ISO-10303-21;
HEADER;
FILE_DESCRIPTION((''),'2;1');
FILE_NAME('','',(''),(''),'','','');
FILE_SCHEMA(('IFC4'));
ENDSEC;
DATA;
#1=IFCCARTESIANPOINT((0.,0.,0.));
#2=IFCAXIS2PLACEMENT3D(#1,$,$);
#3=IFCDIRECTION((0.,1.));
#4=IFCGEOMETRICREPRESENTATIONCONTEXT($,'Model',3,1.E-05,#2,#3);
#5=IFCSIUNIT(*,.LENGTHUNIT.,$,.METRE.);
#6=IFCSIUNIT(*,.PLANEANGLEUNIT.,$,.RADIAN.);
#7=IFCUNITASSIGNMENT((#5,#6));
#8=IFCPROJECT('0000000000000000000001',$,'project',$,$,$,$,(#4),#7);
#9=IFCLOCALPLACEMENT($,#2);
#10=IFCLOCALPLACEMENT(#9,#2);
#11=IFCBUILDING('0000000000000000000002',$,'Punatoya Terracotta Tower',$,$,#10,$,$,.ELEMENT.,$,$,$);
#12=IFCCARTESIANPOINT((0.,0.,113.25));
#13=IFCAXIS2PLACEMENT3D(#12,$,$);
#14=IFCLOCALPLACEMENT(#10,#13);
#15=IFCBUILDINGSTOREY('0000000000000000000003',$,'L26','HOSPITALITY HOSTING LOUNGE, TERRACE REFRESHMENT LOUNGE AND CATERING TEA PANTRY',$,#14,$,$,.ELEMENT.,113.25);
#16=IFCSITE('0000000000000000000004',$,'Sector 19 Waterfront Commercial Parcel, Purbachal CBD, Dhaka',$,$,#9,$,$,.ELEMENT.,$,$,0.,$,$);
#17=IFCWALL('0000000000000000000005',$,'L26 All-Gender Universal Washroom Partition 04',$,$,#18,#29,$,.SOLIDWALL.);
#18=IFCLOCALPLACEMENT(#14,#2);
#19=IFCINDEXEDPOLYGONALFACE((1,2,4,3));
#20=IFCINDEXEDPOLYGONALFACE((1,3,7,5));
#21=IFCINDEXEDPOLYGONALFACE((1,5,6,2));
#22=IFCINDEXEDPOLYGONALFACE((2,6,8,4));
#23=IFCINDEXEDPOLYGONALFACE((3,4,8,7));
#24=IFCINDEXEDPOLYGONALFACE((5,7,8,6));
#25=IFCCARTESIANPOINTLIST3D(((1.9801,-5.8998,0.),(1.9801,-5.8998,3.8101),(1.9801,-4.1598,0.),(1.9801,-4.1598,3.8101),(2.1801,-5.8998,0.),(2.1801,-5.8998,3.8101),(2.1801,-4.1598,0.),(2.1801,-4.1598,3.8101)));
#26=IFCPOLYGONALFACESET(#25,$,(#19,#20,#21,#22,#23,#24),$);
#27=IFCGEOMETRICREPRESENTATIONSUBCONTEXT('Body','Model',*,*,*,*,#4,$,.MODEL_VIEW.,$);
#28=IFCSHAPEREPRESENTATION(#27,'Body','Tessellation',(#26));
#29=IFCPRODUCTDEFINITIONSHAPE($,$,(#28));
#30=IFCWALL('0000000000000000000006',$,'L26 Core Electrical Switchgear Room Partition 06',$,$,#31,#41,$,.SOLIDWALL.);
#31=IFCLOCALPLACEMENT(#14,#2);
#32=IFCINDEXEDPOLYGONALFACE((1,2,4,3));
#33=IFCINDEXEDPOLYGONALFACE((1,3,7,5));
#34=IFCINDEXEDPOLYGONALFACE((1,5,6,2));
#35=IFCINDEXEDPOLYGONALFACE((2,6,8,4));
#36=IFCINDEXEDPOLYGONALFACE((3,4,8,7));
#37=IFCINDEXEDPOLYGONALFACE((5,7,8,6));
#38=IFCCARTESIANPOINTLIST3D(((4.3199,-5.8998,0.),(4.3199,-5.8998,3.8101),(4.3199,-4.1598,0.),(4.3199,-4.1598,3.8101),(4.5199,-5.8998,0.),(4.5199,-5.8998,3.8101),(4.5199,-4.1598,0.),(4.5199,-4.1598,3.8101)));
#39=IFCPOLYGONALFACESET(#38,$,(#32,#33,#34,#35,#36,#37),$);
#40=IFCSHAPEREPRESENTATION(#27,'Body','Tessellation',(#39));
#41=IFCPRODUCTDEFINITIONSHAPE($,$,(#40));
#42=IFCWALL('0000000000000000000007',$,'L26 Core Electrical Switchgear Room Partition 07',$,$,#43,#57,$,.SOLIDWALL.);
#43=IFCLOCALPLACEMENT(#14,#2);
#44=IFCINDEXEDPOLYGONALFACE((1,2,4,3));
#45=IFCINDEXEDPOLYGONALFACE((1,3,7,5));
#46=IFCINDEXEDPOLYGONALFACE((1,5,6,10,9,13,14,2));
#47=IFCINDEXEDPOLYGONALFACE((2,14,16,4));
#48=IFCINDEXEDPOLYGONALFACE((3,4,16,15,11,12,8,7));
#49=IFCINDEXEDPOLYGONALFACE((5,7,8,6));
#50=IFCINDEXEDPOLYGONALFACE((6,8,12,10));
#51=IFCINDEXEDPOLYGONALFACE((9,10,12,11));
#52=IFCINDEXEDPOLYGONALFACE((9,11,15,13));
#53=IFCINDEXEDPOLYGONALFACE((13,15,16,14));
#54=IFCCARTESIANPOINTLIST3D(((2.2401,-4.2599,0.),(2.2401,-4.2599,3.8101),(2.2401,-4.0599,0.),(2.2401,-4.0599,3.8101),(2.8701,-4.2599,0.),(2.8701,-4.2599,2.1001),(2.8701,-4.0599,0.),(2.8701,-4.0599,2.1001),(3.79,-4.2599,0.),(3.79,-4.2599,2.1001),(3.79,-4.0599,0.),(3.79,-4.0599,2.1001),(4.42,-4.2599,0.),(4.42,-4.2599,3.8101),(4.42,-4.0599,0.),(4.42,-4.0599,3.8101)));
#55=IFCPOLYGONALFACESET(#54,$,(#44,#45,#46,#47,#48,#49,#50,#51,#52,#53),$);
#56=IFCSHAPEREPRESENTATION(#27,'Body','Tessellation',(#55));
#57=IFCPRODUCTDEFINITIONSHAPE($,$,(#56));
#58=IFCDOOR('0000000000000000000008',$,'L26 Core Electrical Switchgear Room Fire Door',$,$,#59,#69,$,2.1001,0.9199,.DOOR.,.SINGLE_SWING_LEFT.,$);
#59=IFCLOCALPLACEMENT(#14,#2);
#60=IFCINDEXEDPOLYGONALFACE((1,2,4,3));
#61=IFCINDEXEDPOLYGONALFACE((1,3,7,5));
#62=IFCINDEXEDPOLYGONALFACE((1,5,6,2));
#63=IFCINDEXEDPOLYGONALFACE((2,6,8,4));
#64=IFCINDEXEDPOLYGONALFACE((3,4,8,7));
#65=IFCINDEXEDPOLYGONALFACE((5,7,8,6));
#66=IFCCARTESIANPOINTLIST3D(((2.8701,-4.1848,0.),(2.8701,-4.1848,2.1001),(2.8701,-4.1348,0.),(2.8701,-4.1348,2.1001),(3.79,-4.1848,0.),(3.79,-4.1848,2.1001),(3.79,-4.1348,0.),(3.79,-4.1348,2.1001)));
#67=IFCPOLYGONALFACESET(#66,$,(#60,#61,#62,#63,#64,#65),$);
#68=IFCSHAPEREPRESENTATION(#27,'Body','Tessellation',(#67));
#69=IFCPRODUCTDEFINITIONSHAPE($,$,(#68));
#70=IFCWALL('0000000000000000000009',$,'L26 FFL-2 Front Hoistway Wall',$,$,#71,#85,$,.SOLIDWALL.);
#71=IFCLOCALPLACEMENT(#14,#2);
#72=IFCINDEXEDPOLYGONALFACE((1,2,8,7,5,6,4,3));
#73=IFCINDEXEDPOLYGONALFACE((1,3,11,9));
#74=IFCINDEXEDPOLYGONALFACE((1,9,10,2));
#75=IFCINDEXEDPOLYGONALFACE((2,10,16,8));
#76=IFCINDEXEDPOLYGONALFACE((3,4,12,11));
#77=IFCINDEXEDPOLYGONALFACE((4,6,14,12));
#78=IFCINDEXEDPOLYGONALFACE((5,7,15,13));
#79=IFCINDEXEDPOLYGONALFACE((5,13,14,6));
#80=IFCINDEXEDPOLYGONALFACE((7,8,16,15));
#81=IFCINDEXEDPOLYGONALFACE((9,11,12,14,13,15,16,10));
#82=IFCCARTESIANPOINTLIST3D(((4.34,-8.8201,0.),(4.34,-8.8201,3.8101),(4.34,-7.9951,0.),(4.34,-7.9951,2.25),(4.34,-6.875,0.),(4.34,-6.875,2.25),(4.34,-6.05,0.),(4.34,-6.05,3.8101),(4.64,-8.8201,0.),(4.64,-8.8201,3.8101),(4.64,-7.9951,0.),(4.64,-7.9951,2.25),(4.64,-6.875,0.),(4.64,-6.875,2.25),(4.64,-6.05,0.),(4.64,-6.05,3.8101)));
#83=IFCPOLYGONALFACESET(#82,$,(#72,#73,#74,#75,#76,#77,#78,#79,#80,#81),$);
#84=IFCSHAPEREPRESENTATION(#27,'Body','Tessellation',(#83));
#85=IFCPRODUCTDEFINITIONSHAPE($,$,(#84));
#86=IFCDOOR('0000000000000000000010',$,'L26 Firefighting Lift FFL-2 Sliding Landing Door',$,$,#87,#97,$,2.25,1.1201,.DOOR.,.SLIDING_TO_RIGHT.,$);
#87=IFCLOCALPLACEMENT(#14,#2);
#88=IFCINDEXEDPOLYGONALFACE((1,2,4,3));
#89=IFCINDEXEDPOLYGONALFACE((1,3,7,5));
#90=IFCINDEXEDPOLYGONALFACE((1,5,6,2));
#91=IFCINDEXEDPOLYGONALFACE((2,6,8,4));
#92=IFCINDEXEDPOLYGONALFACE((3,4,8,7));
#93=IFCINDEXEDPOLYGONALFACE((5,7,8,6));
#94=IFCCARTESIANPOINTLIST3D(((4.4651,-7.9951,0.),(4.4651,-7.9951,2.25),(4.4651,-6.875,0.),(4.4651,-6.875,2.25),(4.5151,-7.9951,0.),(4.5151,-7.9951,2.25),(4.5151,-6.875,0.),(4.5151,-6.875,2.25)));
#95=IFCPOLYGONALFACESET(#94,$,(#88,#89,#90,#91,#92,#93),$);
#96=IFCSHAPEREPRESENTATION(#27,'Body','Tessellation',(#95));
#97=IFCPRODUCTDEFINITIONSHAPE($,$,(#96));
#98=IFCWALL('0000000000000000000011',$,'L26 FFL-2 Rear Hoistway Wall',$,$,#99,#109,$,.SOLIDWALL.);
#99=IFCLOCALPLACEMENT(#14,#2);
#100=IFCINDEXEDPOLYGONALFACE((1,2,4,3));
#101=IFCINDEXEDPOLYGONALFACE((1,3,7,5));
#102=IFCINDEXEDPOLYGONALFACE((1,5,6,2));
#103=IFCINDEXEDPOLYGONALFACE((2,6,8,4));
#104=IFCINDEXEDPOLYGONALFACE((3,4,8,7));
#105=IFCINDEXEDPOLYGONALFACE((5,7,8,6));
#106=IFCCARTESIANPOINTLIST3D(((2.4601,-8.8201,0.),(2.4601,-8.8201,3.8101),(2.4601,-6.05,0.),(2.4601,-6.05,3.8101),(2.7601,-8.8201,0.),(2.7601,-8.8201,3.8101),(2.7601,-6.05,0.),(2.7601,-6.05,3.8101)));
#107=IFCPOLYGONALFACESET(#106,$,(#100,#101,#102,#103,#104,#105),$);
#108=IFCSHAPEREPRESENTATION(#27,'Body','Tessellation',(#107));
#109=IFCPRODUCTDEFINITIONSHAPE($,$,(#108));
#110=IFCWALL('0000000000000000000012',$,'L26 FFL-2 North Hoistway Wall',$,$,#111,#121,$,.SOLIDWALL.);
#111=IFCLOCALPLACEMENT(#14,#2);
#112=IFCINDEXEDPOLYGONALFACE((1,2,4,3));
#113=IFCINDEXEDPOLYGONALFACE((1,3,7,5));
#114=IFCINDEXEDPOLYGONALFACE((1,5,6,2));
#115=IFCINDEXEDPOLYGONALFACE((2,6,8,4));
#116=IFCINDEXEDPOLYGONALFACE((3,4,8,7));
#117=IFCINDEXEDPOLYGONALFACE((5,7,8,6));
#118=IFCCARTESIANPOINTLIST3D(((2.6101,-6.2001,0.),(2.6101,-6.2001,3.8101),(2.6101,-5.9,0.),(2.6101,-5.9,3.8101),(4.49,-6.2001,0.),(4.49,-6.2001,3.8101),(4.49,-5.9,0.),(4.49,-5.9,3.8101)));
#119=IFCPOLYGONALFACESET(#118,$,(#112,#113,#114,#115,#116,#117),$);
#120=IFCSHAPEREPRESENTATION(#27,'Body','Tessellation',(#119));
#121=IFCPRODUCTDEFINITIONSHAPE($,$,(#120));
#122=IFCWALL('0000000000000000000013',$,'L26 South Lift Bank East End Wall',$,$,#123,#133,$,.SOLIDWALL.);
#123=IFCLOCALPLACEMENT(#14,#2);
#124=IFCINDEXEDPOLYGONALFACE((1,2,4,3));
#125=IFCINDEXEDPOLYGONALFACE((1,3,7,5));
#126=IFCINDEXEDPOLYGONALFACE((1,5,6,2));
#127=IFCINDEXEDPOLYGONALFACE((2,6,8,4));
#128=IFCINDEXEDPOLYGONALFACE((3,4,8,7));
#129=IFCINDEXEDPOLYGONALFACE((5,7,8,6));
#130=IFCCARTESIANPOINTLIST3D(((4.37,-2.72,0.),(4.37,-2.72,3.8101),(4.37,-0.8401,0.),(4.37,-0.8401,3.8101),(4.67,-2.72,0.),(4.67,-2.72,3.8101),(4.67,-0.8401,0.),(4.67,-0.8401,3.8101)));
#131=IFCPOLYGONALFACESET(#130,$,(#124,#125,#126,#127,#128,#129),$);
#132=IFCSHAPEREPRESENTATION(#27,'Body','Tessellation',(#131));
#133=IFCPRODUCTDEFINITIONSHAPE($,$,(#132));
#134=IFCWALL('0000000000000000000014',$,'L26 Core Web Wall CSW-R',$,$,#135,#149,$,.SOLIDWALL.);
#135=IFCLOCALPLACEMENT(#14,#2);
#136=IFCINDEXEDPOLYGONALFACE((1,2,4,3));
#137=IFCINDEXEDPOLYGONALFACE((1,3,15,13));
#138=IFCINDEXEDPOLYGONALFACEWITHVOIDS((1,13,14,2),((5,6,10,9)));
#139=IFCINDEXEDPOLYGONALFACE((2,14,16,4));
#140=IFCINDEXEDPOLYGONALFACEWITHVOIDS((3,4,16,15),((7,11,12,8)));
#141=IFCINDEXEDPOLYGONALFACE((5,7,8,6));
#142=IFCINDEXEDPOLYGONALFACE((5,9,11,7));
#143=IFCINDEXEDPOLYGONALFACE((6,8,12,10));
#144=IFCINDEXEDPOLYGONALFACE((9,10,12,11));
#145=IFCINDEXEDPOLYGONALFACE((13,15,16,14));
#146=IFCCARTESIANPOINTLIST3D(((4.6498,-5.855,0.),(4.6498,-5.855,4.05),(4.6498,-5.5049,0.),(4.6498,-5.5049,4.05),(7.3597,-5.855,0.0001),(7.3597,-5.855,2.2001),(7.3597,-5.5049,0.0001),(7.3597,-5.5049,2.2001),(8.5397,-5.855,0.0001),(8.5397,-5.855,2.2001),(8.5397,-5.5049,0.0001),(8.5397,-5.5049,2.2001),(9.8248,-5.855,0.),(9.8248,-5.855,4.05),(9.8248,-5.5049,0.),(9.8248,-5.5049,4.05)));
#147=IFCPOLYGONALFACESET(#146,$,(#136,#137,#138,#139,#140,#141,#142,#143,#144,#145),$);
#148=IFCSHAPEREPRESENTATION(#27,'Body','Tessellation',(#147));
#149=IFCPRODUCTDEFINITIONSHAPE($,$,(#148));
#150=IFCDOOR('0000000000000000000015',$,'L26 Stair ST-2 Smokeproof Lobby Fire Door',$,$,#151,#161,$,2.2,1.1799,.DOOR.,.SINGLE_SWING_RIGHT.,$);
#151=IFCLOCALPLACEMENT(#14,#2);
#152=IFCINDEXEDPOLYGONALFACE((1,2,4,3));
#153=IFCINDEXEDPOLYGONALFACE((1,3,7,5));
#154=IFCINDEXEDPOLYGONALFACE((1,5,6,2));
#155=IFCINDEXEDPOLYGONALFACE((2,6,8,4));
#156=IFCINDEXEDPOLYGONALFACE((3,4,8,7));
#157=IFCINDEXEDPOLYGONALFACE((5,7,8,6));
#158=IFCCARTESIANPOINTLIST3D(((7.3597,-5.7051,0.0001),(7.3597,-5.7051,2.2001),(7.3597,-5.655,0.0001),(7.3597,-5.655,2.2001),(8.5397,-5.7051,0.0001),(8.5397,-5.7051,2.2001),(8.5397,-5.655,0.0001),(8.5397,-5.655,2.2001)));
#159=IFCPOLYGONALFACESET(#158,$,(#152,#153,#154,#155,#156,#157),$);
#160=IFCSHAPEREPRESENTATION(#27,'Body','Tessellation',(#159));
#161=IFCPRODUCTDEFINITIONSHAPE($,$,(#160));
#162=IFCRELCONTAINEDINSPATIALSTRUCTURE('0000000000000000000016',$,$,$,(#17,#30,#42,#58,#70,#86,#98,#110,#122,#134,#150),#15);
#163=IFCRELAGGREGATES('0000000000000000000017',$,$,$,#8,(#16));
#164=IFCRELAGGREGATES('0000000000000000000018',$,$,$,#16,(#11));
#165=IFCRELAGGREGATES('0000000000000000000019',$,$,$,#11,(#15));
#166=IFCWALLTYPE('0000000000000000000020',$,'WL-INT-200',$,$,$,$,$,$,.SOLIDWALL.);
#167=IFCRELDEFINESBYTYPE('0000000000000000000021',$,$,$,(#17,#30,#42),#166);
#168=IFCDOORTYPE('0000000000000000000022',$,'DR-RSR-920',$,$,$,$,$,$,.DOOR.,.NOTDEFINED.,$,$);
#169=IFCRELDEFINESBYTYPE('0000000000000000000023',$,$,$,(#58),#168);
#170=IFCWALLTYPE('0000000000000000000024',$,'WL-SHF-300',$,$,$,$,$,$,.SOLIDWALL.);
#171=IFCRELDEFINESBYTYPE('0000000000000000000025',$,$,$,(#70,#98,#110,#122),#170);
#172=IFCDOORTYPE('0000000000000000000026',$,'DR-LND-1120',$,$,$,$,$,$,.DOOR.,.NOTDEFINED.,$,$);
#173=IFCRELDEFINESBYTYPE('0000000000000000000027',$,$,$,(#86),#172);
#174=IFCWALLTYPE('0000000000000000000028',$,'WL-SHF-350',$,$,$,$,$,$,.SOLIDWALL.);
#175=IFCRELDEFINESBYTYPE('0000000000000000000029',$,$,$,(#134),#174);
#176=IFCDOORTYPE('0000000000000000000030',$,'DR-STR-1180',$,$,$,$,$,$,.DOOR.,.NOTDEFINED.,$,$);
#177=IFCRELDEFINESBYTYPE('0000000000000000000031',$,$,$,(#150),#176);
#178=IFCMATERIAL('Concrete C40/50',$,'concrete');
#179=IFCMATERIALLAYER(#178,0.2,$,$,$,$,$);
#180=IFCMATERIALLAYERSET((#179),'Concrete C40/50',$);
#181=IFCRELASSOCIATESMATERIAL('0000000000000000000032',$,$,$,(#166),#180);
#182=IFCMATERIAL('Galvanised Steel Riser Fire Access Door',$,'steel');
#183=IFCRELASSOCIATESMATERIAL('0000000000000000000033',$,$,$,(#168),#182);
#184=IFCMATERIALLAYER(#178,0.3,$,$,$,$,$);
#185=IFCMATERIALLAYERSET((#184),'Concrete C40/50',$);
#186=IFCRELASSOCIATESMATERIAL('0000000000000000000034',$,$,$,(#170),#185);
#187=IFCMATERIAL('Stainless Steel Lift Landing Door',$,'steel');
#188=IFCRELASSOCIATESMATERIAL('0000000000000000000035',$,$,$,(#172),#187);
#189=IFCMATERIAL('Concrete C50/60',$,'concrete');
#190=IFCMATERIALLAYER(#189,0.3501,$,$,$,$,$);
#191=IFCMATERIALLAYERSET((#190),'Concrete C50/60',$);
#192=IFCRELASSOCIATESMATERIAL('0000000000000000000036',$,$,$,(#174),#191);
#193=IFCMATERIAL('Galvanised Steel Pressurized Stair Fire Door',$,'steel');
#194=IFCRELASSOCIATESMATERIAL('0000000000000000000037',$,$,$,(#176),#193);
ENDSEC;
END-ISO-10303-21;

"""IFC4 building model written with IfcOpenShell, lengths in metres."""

from ifc_helpers import new_model, si_unit, direction, frame, frame_2d, origin, place, context, subcontext, project, spatial, rectangle, extrude, material, layer, layer_set, type_object, element, fill, save


model = new_model("IFC4")

# Units and contexts
model_context = context("Model", 3, precision=1e-05, world=origin(), true_north=direction((0.0, 1.0)))
body_context = subcontext(model_context, "Body", "Model", "MODEL_VIEW")
ifc_project = project(units=[si_unit("LENGTHUNIT", "METRE"), si_unit("PLANEANGLEUNIT", "RADIAN")], contexts=[model_context])

# Site, building, storey
site_placement = place(None, origin())
site = spatial("IfcSite", under=ifc_project, at=site_placement, Name="Sector 19 Waterfront Commercial Parcel, Purbachal CBD, Dhaka", CompositionType="ELEMENT", RefElevation=0.0)
building_placement = place(site_placement, origin())
building = spatial("IfcBuilding", under=site, at=building_placement, Name="Punatoya Terracotta Tower", CompositionType="ELEMENT")
storey_placement = place(building_placement, frame((0.0, 0.0, 113.25)))
storey = spatial("IfcBuildingStorey", under=building, at=storey_placement, Name="L26", Description="HOSPITALITY HOSTING LOUNGE, TERRACE REFRESHMENT LOUNGE AND CATERING TEA PANTRY", CompositionType="ELEMENT", Elevation=113.25)

# Shared definitions
ifc_material_1 = material(Name="Concrete C40/50", Category="concrete")

# Wall
ifc_layer_1 = layer(ifc_material_1, 0.2)
ifc_layer_set_1 = layer_set([ifc_layer_1], Name="Concrete C40/50")
wall_type_1 = type_object("IfcWallType", Name="WL-INT-200", PredefinedType="SOLIDWALL", material=ifc_layer_set_1)
wall_1_placement = place(storey_placement, frame((2.0801, -5.8999, 0.0), z_axis=(0.0, 0.0, 1.0), x_axis=(0.0, 1.0, 0.0)))
element("IfcWall", 1, at=wall_1_placement, inside=storey, type_object=wall_type_1, Name="L26 All-Gender Universal Washroom Partition 04", PredefinedType="SOLIDWALL", context=body_context, shape_type="SweptSolid", body=[
    extrude(rectangle(XDim=1.74, YDim=0.2, at=frame_2d((0.8701, 0.0))), origin(), (0.0, 0.0, 1.0), 3.8101),
])

# Wall
wall_2_placement = place(storey_placement, frame((4.4199, -5.8999, 0.0), z_axis=(0.0, 0.0, 1.0), x_axis=(0.0, 1.0, 0.0)))
element("IfcWall", 2, at=wall_2_placement, inside=storey, type_object=wall_type_1, Name="L26 Core Electrical Switchgear Room Partition 06", PredefinedType="SOLIDWALL", context=body_context, shape_type="SweptSolid", body=[
    extrude(rectangle(XDim=1.74, YDim=0.2, at=frame_2d((0.8701, 0.0))), origin(), (0.0, 0.0, 1.0), 3.8101),
])

# Walls, openings, doors
wall_3_placement = place(storey_placement, frame((4.4199, -4.1599, 0.0), z_axis=(0.0, 0.0, 1.0), x_axis=(-1.0, 0.0, 0.0)))
wall_3 = element("IfcWall", 3, at=wall_3_placement, inside=storey, type_object=wall_type_1, Name="L26 Core Electrical Switchgear Room Partition 07", PredefinedType="SOLIDWALL", context=body_context, shape_type="SweptSolid", body=[
    extrude(rectangle(XDim=2.1799, YDim=0.2, at=frame_2d((1.0898, 0.0))), origin(), (0.0, 0.0, 1.0), 3.8101),
])
opening_1_placement = place(wall_3_placement, frame((0.6299, 0.0, 0.0)))
opening_1 = element("IfcOpeningElement", 4, at=opening_1_placement, cuts=wall_3, PredefinedType="OPENING", context=body_context, shape_type="SweptSolid", body=[
    extrude(rectangle(XDim=0.9199, YDim=2.1001, at=frame_2d((0.46, 1.05))), frame((0.0, 0.1099, 0.0), z_axis=(0.0, -1.0, 0.0), x_axis=(1.0, 0.0, 0.0)), (0.0, 0.0, 1.0), 0.22),
])
ifc_material_2 = material(Name="Galvanised Steel Riser Fire Access Door", Category="steel")
door_type_1 = type_object("IfcDoorType", Name="DR-RSR-920", OperationType="NOTDEFINED", PredefinedType="DOOR", material=ifc_material_2)
door_1_placement = place(opening_1_placement, origin())
door_1 = element("IfcDoor", 5, at=door_1_placement, inside=storey, type_object=door_type_1, Name="L26 Core Electrical Switchgear Room Fire Door", OperationType="SINGLE_SWING_LEFT", OverallHeight=2.1001, OverallWidth=0.9199, PredefinedType="DOOR", context=body_context, shape_type="SweptSolid", body=[
    extrude(rectangle(XDim=0.9199, YDim=2.1001, at=frame_2d((0.46, 1.05))), frame((0.0, 0.0249, 0.0), z_axis=(0.0, -1.0, 0.0), x_axis=(1.0, 0.0, 0.0)), (0.0, 0.0, 1.0), 0.05),
])
fill(opening_1, door_1)
ifc_layer_2 = layer(ifc_material_1, 0.3)
ifc_layer_set_2 = layer_set([ifc_layer_2], Name="Concrete C40/50")
wall_type_2 = type_object("IfcWallType", Name="WL-SHF-300", PredefinedType="SOLIDWALL", material=ifc_layer_set_2)
wall_4_placement = place(storey_placement, frame((4.49, -8.8201, 0.0), z_axis=(0.0, 0.0, 1.0), x_axis=(0.0, 1.0, 0.0)))
wall_4 = element("IfcWall", 6, at=wall_4_placement, inside=storey, type_object=wall_type_2, Name="L26 FFL-2 Front Hoistway Wall", PredefinedType="SOLIDWALL", context=body_context, shape_type="SweptSolid", body=[
    extrude(rectangle(XDim=2.77, YDim=0.3, at=frame_2d((1.385, 0.0))), origin(), (0.0, 0.0, 1.0), 3.8101),
])
opening_2_placement = place(wall_4_placement, frame((0.825, 0.0, 0.0)))
opening_2 = element("IfcOpeningElement", 7, at=opening_2_placement, cuts=wall_4, PredefinedType="OPENING", context=body_context, shape_type="SweptSolid", body=[
    extrude(rectangle(XDim=1.1201, YDim=2.25, at=frame_2d((0.5601, 1.125))), frame((0.0, 0.1599, 0.0), z_axis=(0.0, -1.0, 0.0), x_axis=(1.0, 0.0, 0.0)), (0.0, 0.0, 1.0), 0.3201),
])
ifc_material_3 = material(Name="Stainless Steel Lift Landing Door", Category="steel")
door_type_2 = type_object("IfcDoorType", Name="DR-LND-1120", OperationType="NOTDEFINED", PredefinedType="DOOR", material=ifc_material_3)
door_2_placement = place(opening_2_placement, origin())
door_2 = element("IfcDoor", 8, at=door_2_placement, inside=storey, type_object=door_type_2, Name="L26 Firefighting Lift FFL-2 Sliding Landing Door", OperationType="SLIDING_TO_RIGHT", OverallHeight=2.25, OverallWidth=1.1201, PredefinedType="DOOR", context=body_context, shape_type="SweptSolid", body=[
    extrude(rectangle(XDim=1.1201, YDim=2.25, at=frame_2d((0.5601, 1.125))), frame((0.0, 0.0249, 0.0), z_axis=(0.0, -1.0, 0.0), x_axis=(1.0, 0.0, 0.0)), (0.0, 0.0, 1.0), 0.05),
])
fill(opening_2, door_2)

# Walls
wall_5_placement = place(storey_placement, frame((2.6101, -8.8201, 0.0), z_axis=(0.0, 0.0, 1.0), x_axis=(0.0, 1.0, 0.0)))
element("IfcWall", 9, at=wall_5_placement, inside=storey, type_object=wall_type_2, Name="L26 FFL-2 Rear Hoistway Wall", PredefinedType="SOLIDWALL", context=body_context, shape_type="SweptSolid", body=[
    extrude(rectangle(XDim=2.77, YDim=0.3, at=frame_2d((1.385, 0.0))), origin(), (0.0, 0.0, 1.0), 3.8101),
])
for number, where, z_axis, x_axis, name in (
    (10, (2.6101, -6.05, 0.0), (0.0, 0.0, 1.0), (1.0, 0.0, 0.0), "L26 FFL-2 North Hoistway Wall"),
    (11, (4.52, -2.72, 0.0), (0.0, 0.0, 1.0), (0.0, 1.0, 0.0), "L26 South Lift Bank East End Wall"),
):
    element("IfcWall", number, at=place(storey_placement, frame(where, z_axis=z_axis, x_axis=x_axis)), inside=storey, type_object=wall_type_2, Name=name, PredefinedType="SOLIDWALL", context=body_context, shape_type="SweptSolid", body=[
        extrude(rectangle(XDim=1.8799, YDim=0.3, at=frame_2d((0.9399, 0.0))), origin(), (0.0, 0.0, 1.0), 3.8101),
    ])

# Wall, opening, door
ifc_material_4 = material(Name="Concrete C50/60", Category="concrete")
ifc_layer_3 = layer(ifc_material_4, 0.3501)
ifc_layer_set_3 = layer_set([ifc_layer_3], Name="Concrete C50/60")
wall_type_3 = type_object("IfcWallType", Name="WL-SHF-350", PredefinedType="SOLIDWALL", material=ifc_layer_set_3)
wall_6_placement = place(storey_placement, frame((4.6499, -5.6799, 0.0), z_axis=(0.0, 0.0, 1.0), x_axis=(1.0, 0.0, 0.0)))
wall_6 = element("IfcWall", 12, at=wall_6_placement, inside=storey, type_object=wall_type_3, Name="L26 Core Web Wall CSW-R", PredefinedType="SOLIDWALL", context=body_context, shape_type="SweptSolid", body=[
    extrude(rectangle(XDim=5.175, YDim=0.3501, at=frame_2d((2.5874, 0.0))), origin(), (0.0, 0.0, 1.0), 4.05),
])
opening_3_placement = place(wall_6_placement, frame((2.71, 0.0, 0.0)))
opening_3 = element("IfcOpeningElement", 13, at=opening_3_placement, cuts=wall_6, PredefinedType="OPENING", context=body_context, shape_type="SweptSolid", body=[
    extrude(rectangle(XDim=1.1799, YDim=2.2, at=frame_2d((0.5898, 1.1001))), frame((0.0, 0.1851, 0.0), z_axis=(0.0, -1.0, 0.0), x_axis=(1.0, 0.0, 0.0)), (0.0, 0.0, 1.0), 0.3701),
])
ifc_material_5 = material(Name="Galvanised Steel Pressurized Stair Fire Door", Category="steel")
door_type_3 = type_object("IfcDoorType", Name="DR-STR-1180", OperationType="NOTDEFINED", PredefinedType="DOOR", material=ifc_material_5)
door_3_placement = place(opening_3_placement, origin())
door_3 = element("IfcDoor", 14, at=door_3_placement, inside=storey, type_object=door_type_3, Name="L26 Stair ST-2 Smokeproof Lobby Fire Door", OperationType="SINGLE_SWING_RIGHT", OverallHeight=2.2, OverallWidth=1.1799, PredefinedType="DOOR", context=body_context, shape_type="SweptSolid", body=[
    extrude(rectangle(XDim=1.1799, YDim=2.2, at=frame_2d((0.5898, 1.1001))), frame((0.0, 0.0249, 0.0), z_axis=(0.0, -1.0, 0.0), x_axis=(1.0, 0.0, 0.0)), (0.0, 0.0, 1.0), 0.05),
])
fill(opening_3, door_3)

save(model, "model.ifc")
